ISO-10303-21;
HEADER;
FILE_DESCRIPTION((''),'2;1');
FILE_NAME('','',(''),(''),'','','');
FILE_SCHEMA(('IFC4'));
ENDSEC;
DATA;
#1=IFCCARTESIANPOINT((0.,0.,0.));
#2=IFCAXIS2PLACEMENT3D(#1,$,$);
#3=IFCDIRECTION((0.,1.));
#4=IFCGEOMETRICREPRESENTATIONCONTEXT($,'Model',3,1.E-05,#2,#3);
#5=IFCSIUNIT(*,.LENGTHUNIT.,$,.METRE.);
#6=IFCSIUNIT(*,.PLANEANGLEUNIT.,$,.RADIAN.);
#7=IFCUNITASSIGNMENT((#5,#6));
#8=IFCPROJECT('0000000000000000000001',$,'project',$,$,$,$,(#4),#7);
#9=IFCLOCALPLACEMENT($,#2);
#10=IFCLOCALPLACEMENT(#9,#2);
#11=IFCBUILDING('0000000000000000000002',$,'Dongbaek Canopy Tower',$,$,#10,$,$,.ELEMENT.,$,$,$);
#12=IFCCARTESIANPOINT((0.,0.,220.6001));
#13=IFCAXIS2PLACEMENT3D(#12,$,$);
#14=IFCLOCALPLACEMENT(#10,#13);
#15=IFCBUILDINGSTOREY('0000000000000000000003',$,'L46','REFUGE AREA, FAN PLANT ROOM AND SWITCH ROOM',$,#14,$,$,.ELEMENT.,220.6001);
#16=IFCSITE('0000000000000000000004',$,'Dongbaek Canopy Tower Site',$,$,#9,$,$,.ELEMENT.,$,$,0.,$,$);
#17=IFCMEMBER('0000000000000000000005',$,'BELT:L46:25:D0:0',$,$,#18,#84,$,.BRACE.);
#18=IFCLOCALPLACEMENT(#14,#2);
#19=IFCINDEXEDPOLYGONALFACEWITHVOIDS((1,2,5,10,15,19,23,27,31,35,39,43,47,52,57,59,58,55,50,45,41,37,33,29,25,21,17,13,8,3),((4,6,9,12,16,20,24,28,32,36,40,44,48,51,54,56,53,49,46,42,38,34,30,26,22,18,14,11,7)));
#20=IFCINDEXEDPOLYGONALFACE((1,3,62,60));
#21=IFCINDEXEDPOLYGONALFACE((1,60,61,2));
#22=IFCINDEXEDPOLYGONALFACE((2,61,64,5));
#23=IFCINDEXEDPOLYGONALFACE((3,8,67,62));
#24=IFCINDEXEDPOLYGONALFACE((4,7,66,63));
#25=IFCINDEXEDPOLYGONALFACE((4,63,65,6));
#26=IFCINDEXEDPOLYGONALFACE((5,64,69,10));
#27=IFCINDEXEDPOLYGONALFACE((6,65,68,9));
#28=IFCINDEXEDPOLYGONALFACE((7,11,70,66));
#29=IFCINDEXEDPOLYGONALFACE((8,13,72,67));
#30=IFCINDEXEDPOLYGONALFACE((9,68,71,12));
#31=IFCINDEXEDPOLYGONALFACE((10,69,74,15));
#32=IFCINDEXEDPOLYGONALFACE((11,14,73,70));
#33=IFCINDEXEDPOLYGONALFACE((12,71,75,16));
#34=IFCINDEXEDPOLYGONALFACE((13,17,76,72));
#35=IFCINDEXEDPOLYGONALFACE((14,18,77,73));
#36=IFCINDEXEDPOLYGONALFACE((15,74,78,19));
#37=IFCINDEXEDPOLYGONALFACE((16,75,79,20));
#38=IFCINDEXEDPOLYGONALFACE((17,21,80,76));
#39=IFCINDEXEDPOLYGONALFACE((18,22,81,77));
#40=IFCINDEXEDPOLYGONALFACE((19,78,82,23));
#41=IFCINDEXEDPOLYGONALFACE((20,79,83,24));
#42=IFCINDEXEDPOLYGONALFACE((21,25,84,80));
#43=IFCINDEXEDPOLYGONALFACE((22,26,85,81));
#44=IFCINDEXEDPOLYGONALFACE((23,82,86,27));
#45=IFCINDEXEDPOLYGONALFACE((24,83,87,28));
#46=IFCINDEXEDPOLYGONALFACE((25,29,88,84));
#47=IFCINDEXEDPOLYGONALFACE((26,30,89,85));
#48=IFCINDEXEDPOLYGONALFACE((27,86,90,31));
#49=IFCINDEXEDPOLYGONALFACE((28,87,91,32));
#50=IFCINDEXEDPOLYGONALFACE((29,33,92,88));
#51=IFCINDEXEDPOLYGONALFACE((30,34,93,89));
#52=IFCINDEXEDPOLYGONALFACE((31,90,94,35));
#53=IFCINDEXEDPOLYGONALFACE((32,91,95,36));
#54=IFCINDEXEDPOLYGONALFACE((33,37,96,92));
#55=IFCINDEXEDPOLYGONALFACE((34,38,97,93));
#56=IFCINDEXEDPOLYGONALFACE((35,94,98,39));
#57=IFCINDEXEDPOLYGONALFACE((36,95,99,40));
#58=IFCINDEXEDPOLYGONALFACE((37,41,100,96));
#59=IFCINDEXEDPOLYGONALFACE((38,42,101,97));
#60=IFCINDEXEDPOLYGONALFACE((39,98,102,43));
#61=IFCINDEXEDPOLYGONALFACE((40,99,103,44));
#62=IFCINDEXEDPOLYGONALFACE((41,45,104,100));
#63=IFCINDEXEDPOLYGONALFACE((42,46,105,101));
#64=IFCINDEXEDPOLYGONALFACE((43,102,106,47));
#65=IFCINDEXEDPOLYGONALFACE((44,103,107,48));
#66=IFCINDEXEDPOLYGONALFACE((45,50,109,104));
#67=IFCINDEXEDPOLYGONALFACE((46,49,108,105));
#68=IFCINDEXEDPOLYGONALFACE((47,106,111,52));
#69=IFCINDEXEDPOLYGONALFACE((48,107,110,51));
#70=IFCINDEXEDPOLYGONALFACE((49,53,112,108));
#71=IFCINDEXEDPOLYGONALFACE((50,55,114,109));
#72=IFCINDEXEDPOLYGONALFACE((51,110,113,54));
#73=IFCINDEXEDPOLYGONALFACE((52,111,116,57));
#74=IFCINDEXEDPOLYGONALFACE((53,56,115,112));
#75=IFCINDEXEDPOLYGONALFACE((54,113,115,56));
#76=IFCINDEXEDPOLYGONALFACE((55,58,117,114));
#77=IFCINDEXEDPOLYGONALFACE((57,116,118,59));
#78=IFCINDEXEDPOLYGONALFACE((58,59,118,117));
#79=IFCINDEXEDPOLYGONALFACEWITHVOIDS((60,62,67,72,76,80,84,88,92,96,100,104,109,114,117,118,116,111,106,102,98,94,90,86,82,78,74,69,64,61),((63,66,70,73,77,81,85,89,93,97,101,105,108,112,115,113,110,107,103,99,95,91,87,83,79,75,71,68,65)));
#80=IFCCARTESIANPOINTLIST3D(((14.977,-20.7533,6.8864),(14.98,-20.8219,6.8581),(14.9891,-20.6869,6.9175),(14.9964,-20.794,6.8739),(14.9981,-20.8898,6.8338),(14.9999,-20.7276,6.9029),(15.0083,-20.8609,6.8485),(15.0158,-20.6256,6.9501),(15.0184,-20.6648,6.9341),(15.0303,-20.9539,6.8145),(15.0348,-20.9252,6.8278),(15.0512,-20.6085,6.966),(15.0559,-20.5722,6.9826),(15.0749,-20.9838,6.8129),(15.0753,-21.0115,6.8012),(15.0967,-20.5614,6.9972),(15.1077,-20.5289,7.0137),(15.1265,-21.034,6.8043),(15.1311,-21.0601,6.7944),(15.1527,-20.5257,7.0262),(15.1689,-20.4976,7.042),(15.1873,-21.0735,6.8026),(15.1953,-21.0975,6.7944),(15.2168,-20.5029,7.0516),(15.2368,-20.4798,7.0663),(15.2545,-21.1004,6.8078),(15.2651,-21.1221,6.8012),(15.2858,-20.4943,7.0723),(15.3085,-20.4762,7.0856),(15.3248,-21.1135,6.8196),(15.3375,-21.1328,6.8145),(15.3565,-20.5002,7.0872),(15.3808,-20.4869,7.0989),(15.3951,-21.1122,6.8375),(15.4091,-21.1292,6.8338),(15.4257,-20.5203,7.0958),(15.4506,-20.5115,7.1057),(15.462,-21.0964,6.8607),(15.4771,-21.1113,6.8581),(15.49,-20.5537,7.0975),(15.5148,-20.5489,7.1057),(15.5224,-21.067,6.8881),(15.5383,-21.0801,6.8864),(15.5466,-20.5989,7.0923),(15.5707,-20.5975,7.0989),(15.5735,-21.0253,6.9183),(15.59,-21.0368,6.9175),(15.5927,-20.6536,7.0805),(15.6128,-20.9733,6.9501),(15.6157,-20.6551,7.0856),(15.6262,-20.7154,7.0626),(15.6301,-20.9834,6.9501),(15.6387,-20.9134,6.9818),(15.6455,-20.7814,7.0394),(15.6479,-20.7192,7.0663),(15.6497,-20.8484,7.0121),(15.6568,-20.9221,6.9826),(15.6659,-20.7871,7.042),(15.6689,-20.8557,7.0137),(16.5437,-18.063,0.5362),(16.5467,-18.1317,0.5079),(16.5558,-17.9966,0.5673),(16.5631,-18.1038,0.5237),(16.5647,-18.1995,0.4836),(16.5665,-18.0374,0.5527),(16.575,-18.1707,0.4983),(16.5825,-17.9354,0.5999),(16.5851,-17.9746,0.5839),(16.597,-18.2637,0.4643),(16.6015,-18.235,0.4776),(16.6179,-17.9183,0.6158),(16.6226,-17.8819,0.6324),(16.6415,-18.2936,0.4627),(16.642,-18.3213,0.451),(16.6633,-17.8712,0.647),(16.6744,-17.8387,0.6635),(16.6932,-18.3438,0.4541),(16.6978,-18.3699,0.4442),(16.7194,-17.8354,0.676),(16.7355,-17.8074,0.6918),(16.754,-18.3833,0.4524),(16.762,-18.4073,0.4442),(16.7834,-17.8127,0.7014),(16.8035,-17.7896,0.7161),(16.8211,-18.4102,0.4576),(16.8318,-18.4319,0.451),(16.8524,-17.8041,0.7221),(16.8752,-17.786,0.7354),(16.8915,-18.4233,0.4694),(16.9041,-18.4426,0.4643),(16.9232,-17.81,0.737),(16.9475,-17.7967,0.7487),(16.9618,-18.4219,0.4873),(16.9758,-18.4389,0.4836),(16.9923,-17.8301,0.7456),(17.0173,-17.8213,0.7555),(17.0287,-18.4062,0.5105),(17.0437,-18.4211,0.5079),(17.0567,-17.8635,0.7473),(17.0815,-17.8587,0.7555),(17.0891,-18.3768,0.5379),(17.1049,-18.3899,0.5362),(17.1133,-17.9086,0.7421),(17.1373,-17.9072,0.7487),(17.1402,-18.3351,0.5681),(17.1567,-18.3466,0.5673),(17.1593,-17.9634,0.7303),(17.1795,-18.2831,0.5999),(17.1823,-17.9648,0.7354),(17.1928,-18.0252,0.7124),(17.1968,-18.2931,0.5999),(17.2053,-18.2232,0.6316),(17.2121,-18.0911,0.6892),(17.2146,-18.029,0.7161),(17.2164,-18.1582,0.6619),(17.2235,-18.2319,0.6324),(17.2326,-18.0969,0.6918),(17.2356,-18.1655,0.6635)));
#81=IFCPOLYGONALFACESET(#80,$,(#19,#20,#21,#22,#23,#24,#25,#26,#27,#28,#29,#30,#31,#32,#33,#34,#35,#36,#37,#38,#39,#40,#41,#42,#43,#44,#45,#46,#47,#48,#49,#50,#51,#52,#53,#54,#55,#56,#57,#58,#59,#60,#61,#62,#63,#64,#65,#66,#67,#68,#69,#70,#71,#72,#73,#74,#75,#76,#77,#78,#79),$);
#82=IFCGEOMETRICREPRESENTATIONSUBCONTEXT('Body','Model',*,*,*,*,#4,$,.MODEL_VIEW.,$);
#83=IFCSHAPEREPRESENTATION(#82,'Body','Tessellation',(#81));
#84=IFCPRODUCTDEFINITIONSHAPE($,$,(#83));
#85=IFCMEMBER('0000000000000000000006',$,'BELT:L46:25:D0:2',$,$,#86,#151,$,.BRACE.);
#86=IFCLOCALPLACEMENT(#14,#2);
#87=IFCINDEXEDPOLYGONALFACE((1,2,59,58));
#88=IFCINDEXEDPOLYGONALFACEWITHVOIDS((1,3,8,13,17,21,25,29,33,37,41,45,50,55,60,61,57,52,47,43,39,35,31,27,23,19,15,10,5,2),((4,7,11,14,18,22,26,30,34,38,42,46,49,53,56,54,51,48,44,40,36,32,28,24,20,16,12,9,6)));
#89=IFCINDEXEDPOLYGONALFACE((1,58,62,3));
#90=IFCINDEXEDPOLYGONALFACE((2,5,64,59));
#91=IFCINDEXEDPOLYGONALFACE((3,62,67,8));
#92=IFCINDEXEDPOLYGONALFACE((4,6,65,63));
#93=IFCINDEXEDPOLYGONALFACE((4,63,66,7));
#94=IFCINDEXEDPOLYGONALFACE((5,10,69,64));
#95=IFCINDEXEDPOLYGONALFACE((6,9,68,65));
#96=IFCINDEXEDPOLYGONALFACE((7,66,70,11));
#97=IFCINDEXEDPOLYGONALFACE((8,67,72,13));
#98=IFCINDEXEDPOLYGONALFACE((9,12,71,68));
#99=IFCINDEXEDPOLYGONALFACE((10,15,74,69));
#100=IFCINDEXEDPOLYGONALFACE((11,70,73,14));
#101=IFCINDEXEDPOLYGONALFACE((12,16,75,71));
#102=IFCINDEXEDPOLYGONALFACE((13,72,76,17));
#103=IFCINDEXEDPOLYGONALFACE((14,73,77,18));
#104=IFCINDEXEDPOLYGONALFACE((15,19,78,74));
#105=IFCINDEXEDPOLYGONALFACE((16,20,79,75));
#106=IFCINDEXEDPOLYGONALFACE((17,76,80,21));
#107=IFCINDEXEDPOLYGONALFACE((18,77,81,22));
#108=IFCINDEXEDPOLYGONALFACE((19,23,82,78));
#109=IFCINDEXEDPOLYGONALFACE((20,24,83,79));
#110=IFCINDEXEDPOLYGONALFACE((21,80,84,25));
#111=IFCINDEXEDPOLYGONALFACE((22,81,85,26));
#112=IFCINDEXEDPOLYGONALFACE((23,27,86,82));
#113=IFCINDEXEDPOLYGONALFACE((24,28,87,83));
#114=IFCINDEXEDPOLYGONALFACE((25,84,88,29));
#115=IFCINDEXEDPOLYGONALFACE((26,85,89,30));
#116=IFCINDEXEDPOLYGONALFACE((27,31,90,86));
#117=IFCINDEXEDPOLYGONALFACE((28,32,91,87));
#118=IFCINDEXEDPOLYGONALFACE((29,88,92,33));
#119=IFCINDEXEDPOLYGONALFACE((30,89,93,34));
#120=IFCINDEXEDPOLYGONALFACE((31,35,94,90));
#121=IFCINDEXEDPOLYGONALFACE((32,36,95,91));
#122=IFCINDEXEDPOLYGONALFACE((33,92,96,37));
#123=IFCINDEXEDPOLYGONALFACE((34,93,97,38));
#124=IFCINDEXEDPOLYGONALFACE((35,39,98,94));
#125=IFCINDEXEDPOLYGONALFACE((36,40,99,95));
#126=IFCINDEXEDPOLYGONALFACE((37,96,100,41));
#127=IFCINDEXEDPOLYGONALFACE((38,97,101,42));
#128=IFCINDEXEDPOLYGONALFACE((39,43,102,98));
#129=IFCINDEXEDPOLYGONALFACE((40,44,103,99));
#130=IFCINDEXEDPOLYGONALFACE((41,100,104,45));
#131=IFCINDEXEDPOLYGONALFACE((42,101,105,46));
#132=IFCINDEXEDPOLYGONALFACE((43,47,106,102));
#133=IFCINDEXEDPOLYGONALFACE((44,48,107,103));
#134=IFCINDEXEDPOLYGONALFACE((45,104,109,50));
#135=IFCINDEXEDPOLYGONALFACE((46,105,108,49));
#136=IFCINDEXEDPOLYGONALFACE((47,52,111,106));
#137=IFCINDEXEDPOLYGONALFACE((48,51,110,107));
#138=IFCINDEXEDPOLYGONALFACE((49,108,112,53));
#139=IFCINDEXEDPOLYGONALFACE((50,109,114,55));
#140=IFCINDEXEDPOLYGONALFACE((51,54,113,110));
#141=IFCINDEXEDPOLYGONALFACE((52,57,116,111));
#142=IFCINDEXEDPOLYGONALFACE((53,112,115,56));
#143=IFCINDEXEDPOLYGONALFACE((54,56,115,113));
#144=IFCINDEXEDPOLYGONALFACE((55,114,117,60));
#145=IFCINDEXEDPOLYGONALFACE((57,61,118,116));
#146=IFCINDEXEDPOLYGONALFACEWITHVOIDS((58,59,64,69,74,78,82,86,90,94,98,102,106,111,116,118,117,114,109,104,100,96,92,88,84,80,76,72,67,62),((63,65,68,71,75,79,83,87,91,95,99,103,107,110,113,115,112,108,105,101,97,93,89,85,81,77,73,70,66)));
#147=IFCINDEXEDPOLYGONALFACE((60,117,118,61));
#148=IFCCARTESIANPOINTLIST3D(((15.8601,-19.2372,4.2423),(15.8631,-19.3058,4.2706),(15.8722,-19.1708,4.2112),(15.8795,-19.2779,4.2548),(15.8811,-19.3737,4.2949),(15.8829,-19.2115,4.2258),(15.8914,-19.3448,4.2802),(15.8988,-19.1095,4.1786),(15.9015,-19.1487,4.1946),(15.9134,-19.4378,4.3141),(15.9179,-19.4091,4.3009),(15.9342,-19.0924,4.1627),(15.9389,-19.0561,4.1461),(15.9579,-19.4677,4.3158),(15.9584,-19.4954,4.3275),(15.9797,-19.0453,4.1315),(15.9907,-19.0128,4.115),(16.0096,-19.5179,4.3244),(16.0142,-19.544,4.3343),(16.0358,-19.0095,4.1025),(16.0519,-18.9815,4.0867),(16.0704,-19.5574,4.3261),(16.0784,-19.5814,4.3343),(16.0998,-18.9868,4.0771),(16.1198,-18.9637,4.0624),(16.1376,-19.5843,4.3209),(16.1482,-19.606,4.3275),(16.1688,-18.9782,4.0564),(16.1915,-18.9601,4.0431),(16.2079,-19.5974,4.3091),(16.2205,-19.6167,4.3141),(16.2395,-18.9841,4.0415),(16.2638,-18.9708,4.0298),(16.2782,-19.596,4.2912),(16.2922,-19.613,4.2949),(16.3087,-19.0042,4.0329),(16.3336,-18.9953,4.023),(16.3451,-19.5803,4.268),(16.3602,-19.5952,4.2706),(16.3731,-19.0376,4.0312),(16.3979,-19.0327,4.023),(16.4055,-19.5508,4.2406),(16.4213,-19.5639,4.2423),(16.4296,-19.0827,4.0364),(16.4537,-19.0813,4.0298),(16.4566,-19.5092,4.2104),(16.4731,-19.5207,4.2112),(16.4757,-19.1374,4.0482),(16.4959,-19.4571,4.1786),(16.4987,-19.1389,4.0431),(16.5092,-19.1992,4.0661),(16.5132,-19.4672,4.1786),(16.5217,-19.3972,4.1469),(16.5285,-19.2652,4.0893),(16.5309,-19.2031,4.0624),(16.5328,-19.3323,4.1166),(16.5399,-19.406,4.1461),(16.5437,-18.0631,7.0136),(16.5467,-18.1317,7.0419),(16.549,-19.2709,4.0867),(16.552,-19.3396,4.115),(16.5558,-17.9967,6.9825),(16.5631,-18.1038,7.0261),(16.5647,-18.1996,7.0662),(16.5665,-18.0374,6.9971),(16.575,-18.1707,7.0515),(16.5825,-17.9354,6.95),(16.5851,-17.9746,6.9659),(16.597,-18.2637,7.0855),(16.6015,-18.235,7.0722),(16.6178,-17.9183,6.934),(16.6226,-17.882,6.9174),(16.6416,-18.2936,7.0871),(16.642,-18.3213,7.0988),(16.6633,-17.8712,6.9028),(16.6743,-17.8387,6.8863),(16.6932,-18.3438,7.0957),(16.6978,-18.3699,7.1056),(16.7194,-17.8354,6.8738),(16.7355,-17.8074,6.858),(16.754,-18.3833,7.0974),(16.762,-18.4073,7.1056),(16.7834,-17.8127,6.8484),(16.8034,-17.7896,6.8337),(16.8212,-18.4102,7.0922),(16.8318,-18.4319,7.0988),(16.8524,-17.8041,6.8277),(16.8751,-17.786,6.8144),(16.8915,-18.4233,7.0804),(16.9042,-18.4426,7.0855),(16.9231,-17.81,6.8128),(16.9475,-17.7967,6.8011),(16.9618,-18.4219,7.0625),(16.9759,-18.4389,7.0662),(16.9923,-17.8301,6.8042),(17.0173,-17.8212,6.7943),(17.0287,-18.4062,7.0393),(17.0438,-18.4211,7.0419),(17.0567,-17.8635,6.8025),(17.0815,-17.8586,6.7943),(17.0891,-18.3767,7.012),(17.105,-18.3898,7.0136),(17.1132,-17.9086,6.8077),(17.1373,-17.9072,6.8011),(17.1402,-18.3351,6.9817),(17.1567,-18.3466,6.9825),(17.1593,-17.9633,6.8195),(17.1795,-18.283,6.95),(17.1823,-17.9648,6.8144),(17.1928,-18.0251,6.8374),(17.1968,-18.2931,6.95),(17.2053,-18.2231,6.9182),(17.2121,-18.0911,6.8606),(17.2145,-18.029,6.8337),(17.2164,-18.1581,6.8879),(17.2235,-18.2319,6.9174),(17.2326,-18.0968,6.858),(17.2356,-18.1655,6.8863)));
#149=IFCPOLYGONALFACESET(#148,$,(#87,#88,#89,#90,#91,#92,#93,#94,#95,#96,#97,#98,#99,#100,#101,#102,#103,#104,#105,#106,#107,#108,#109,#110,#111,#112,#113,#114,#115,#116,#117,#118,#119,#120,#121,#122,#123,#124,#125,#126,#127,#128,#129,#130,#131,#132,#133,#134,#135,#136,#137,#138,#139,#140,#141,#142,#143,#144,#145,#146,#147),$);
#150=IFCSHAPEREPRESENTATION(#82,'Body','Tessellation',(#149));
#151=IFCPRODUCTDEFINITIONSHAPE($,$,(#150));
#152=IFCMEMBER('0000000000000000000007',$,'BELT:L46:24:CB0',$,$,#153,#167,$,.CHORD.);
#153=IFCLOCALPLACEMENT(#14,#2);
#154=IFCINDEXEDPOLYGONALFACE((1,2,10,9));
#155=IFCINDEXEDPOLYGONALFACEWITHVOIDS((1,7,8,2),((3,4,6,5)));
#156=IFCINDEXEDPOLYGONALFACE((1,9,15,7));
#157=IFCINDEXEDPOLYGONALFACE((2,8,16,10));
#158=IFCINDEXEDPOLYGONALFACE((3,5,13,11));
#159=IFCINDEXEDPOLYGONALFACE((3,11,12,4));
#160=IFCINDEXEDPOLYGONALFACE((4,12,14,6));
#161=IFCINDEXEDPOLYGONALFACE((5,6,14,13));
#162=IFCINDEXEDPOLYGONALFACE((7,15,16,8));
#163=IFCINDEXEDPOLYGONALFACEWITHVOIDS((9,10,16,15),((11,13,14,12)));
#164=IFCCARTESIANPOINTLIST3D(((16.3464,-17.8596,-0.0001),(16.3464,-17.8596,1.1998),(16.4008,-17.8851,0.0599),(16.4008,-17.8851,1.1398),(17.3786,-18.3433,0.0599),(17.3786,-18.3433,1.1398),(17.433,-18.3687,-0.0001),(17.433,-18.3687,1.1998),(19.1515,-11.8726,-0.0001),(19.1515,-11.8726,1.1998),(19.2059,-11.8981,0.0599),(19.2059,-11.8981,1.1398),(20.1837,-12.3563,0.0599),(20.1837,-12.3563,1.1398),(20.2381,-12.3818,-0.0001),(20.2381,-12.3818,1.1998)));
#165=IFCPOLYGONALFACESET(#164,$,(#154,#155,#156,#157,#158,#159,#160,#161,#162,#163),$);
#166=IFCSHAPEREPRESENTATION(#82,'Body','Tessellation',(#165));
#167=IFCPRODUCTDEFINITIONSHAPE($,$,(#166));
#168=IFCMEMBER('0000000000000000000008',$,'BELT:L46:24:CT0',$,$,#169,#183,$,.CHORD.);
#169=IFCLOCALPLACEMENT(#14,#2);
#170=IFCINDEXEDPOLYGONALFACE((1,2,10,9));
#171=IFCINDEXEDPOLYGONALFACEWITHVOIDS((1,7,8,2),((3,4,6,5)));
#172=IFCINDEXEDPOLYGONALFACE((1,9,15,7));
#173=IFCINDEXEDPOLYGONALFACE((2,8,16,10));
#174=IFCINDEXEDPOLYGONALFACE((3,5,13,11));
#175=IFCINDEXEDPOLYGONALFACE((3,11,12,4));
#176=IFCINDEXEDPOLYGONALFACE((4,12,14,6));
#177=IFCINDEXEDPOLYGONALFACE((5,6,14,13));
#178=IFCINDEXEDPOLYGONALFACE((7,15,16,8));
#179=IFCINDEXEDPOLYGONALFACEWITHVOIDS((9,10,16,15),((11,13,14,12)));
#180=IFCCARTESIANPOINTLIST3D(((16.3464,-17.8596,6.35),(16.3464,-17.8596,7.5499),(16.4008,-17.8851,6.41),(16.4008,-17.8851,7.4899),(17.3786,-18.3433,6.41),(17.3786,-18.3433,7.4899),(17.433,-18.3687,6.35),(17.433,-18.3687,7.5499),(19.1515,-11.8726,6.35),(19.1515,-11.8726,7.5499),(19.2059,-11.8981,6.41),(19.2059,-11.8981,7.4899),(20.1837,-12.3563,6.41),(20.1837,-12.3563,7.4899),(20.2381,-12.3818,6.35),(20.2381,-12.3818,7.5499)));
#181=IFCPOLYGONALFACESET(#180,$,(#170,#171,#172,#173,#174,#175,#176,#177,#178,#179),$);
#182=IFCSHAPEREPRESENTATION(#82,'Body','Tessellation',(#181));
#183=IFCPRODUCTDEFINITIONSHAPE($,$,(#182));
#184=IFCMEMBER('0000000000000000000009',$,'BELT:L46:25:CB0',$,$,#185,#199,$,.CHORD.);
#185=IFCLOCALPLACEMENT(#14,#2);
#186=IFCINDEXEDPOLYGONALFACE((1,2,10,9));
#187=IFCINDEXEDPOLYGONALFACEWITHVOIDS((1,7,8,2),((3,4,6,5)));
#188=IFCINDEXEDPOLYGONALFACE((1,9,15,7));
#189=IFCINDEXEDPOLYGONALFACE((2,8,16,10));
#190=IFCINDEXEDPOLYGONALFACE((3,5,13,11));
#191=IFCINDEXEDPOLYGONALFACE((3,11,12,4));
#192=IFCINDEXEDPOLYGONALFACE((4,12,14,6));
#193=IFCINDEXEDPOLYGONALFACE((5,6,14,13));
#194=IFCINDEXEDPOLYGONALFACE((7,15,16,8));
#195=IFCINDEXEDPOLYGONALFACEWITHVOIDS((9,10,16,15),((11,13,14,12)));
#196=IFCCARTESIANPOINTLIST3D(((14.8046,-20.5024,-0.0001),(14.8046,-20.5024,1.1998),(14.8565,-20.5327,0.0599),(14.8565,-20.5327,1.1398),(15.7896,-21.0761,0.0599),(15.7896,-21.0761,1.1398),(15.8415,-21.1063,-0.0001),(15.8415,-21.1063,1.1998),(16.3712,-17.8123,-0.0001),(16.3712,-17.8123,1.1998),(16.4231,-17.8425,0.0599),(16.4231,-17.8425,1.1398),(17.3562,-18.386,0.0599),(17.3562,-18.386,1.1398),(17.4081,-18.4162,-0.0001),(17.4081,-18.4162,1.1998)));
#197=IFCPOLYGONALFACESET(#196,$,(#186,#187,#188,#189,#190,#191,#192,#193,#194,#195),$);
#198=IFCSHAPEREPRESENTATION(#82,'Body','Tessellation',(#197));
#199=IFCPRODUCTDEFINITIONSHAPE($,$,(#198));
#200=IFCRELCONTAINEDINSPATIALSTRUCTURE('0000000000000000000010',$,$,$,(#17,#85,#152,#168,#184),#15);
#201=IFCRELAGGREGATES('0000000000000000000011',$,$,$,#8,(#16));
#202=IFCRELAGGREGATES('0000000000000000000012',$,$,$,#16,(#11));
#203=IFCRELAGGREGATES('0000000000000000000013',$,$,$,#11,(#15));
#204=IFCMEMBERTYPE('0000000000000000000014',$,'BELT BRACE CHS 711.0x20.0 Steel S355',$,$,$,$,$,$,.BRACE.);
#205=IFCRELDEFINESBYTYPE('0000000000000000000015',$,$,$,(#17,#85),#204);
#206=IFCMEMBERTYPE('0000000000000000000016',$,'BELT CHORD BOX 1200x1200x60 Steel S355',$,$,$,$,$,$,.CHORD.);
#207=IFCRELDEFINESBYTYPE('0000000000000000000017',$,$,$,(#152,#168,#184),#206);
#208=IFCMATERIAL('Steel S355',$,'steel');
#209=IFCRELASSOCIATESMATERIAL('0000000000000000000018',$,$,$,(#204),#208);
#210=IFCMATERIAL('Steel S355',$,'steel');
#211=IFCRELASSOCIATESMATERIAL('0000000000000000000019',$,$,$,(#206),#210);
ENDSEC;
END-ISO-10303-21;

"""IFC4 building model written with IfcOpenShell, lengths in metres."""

from ifc_helpers import new_model, si_unit, direction, frame, origin, origin_2d, place, context, subcontext, project, spatial, hollow_rectangle, hollow_circle, extrude, material, material_profile, profile_set, type_object, element, save


model = new_model("IFC4")

# Units and contexts
model_context = context("Model", 3, precision=1e-05, world=origin(), true_north=direction((0.0, 1.0)))
body_context = subcontext(model_context, "Body", "Model", "MODEL_VIEW")
ifc_project = project(units=[si_unit("LENGTHUNIT", "METRE"), si_unit("PLANEANGLEUNIT", "RADIAN")], contexts=[model_context])

# Site, building, storey
site_placement = place(None, origin())
site = spatial("IfcSite", under=ifc_project, at=site_placement, Name="Dongbaek Canopy Tower Site", CompositionType="ELEMENT", RefElevation=0.0)
building_placement = place(site_placement, origin())
building = spatial("IfcBuilding", under=site, at=building_placement, Name="Dongbaek Canopy Tower", CompositionType="ELEMENT")
storey_placement = place(building_placement, frame((0.0, 0.0, 220.6001)))
storey = spatial("IfcBuildingStorey", under=building, at=storey_placement, Name="L46", Description="REFUGE AREA, FAN PLANT ROOM AND SWITCH ROOM", CompositionType="ELEMENT", Elevation=220.6001)

# Members
ifc_material_1 = material(Name="Steel S355", Category="steel")
ifc_material_profile_1 = material_profile(ifc_material_1, hollow_circle(Radius=0.3555, WallThickness=0.02, at=origin_2d()), Name="BELT BRACE CHS 711.0x20.0 Steel S355")
ifc_profile_set_1 = profile_set([ifc_material_profile_1], Name="Steel S355")
member_type_1 = type_object("IfcMemberType", Name="BELT BRACE CHS 711.0x20.0 Steel S355", PredefinedType="BRACE", material=ifc_profile_set_1)
member_1_placement = place(storey_placement, frame((16.8896, -18.1143, 0.5999), z_axis=(-0.221524, -0.380392, 0.897903), x_axis=(0.864146, -0.503242, 0.0)))
element("IfcMember", 1, at=member_1_placement, inside=storey, type_object=member_type_1, Name="BELT:L46:25:D0:0", PredefinedType="BRACE", context=body_context, shape_type="SweptSolid", body=[
    extrude(hollow_circle(Radius=0.3555, WallThickness=0.02, at=origin_2d()), origin(), (0.0, 0.0, 1.0), 7.0723),
])
member_2_placement = place(storey_placement, frame((16.8896, -18.1143, 6.95), z_axis=(-0.22149, -0.380409, -0.897904), x_axis=(0.864189, -0.503167, 0.0)))
element("IfcMember", 2, at=member_2_placement, inside=storey, type_object=member_type_1, Name="BELT:L46:25:D0:2", PredefinedType="BRACE", context=body_context, shape_type="SweptSolid", body=[
    extrude(hollow_circle(Radius=0.3555, WallThickness=0.02, at=origin_2d()), origin(), (0.0, 0.0, 1.0), 3.0864),
])
ifc_material_2 = material(Name="Steel S355", Category="steel")
ifc_material_profile_2 = material_profile(ifc_material_2, hollow_rectangle(XDim=1.2, YDim=1.2, WallThickness=0.0601, at=origin_2d()), Name="BELT CHORD BOX 1200x1200x60 Steel S355")
ifc_profile_set_2 = profile_set([ifc_material_profile_2], Name="Steel S355")
member_type_2 = type_object("IfcMemberType", Name="BELT CHORD BOX 1200x1200x60 Steel S355", PredefinedType="CHORD", material=ifc_profile_set_2)
for number, where, z_axis, x_axis, name in (
    (3, (19.6948, -12.1272, 0.5999), (-0.424278, -0.905532, 0.0), (0.905532, -0.424278, 0.0), "BELT:L46:24:CB0"),
    (4, (19.6948, -12.1272, 6.95), (-0.424278, -0.905532, 0.0), (0.905532, -0.424278, 0.0), "BELT:L46:24:CT0"),
):
    element("IfcMember", number, at=place(storey_placement, frame(where, z_axis=z_axis, x_axis=x_axis)), inside=storey, type_object=member_type_2, Name=name, PredefinedType="CHORD", context=body_context, shape_type="SweptSolid", body=[
        extrude(hollow_rectangle(XDim=1.2, YDim=1.2, WallThickness=0.0601, at=origin_2d()), origin(), (0.0, 0.0, 1.0), 6.6116),
    ])
for number, where, z_axis, x_axis, name in (
    (5, (16.8896, -18.1143, 0.5999), (-0.503242, -0.864146, 0.0), (0.864146, -0.503242, 0.0), "BELT:L46:25:CB0"),
):
    element("IfcMember", number, at=place(storey_placement, frame(where, z_axis=z_axis, x_axis=x_axis)), inside=storey, type_object=member_type_2, Name=name, PredefinedType="CHORD", context=body_context, shape_type="SweptSolid", body=[
        extrude(hollow_rectangle(XDim=1.2, YDim=1.2, WallThickness=0.0601, at=origin_2d()), origin(), (0.0, 0.0, 1.0), 3.113),
    ])

save(model, "model.ifc")
